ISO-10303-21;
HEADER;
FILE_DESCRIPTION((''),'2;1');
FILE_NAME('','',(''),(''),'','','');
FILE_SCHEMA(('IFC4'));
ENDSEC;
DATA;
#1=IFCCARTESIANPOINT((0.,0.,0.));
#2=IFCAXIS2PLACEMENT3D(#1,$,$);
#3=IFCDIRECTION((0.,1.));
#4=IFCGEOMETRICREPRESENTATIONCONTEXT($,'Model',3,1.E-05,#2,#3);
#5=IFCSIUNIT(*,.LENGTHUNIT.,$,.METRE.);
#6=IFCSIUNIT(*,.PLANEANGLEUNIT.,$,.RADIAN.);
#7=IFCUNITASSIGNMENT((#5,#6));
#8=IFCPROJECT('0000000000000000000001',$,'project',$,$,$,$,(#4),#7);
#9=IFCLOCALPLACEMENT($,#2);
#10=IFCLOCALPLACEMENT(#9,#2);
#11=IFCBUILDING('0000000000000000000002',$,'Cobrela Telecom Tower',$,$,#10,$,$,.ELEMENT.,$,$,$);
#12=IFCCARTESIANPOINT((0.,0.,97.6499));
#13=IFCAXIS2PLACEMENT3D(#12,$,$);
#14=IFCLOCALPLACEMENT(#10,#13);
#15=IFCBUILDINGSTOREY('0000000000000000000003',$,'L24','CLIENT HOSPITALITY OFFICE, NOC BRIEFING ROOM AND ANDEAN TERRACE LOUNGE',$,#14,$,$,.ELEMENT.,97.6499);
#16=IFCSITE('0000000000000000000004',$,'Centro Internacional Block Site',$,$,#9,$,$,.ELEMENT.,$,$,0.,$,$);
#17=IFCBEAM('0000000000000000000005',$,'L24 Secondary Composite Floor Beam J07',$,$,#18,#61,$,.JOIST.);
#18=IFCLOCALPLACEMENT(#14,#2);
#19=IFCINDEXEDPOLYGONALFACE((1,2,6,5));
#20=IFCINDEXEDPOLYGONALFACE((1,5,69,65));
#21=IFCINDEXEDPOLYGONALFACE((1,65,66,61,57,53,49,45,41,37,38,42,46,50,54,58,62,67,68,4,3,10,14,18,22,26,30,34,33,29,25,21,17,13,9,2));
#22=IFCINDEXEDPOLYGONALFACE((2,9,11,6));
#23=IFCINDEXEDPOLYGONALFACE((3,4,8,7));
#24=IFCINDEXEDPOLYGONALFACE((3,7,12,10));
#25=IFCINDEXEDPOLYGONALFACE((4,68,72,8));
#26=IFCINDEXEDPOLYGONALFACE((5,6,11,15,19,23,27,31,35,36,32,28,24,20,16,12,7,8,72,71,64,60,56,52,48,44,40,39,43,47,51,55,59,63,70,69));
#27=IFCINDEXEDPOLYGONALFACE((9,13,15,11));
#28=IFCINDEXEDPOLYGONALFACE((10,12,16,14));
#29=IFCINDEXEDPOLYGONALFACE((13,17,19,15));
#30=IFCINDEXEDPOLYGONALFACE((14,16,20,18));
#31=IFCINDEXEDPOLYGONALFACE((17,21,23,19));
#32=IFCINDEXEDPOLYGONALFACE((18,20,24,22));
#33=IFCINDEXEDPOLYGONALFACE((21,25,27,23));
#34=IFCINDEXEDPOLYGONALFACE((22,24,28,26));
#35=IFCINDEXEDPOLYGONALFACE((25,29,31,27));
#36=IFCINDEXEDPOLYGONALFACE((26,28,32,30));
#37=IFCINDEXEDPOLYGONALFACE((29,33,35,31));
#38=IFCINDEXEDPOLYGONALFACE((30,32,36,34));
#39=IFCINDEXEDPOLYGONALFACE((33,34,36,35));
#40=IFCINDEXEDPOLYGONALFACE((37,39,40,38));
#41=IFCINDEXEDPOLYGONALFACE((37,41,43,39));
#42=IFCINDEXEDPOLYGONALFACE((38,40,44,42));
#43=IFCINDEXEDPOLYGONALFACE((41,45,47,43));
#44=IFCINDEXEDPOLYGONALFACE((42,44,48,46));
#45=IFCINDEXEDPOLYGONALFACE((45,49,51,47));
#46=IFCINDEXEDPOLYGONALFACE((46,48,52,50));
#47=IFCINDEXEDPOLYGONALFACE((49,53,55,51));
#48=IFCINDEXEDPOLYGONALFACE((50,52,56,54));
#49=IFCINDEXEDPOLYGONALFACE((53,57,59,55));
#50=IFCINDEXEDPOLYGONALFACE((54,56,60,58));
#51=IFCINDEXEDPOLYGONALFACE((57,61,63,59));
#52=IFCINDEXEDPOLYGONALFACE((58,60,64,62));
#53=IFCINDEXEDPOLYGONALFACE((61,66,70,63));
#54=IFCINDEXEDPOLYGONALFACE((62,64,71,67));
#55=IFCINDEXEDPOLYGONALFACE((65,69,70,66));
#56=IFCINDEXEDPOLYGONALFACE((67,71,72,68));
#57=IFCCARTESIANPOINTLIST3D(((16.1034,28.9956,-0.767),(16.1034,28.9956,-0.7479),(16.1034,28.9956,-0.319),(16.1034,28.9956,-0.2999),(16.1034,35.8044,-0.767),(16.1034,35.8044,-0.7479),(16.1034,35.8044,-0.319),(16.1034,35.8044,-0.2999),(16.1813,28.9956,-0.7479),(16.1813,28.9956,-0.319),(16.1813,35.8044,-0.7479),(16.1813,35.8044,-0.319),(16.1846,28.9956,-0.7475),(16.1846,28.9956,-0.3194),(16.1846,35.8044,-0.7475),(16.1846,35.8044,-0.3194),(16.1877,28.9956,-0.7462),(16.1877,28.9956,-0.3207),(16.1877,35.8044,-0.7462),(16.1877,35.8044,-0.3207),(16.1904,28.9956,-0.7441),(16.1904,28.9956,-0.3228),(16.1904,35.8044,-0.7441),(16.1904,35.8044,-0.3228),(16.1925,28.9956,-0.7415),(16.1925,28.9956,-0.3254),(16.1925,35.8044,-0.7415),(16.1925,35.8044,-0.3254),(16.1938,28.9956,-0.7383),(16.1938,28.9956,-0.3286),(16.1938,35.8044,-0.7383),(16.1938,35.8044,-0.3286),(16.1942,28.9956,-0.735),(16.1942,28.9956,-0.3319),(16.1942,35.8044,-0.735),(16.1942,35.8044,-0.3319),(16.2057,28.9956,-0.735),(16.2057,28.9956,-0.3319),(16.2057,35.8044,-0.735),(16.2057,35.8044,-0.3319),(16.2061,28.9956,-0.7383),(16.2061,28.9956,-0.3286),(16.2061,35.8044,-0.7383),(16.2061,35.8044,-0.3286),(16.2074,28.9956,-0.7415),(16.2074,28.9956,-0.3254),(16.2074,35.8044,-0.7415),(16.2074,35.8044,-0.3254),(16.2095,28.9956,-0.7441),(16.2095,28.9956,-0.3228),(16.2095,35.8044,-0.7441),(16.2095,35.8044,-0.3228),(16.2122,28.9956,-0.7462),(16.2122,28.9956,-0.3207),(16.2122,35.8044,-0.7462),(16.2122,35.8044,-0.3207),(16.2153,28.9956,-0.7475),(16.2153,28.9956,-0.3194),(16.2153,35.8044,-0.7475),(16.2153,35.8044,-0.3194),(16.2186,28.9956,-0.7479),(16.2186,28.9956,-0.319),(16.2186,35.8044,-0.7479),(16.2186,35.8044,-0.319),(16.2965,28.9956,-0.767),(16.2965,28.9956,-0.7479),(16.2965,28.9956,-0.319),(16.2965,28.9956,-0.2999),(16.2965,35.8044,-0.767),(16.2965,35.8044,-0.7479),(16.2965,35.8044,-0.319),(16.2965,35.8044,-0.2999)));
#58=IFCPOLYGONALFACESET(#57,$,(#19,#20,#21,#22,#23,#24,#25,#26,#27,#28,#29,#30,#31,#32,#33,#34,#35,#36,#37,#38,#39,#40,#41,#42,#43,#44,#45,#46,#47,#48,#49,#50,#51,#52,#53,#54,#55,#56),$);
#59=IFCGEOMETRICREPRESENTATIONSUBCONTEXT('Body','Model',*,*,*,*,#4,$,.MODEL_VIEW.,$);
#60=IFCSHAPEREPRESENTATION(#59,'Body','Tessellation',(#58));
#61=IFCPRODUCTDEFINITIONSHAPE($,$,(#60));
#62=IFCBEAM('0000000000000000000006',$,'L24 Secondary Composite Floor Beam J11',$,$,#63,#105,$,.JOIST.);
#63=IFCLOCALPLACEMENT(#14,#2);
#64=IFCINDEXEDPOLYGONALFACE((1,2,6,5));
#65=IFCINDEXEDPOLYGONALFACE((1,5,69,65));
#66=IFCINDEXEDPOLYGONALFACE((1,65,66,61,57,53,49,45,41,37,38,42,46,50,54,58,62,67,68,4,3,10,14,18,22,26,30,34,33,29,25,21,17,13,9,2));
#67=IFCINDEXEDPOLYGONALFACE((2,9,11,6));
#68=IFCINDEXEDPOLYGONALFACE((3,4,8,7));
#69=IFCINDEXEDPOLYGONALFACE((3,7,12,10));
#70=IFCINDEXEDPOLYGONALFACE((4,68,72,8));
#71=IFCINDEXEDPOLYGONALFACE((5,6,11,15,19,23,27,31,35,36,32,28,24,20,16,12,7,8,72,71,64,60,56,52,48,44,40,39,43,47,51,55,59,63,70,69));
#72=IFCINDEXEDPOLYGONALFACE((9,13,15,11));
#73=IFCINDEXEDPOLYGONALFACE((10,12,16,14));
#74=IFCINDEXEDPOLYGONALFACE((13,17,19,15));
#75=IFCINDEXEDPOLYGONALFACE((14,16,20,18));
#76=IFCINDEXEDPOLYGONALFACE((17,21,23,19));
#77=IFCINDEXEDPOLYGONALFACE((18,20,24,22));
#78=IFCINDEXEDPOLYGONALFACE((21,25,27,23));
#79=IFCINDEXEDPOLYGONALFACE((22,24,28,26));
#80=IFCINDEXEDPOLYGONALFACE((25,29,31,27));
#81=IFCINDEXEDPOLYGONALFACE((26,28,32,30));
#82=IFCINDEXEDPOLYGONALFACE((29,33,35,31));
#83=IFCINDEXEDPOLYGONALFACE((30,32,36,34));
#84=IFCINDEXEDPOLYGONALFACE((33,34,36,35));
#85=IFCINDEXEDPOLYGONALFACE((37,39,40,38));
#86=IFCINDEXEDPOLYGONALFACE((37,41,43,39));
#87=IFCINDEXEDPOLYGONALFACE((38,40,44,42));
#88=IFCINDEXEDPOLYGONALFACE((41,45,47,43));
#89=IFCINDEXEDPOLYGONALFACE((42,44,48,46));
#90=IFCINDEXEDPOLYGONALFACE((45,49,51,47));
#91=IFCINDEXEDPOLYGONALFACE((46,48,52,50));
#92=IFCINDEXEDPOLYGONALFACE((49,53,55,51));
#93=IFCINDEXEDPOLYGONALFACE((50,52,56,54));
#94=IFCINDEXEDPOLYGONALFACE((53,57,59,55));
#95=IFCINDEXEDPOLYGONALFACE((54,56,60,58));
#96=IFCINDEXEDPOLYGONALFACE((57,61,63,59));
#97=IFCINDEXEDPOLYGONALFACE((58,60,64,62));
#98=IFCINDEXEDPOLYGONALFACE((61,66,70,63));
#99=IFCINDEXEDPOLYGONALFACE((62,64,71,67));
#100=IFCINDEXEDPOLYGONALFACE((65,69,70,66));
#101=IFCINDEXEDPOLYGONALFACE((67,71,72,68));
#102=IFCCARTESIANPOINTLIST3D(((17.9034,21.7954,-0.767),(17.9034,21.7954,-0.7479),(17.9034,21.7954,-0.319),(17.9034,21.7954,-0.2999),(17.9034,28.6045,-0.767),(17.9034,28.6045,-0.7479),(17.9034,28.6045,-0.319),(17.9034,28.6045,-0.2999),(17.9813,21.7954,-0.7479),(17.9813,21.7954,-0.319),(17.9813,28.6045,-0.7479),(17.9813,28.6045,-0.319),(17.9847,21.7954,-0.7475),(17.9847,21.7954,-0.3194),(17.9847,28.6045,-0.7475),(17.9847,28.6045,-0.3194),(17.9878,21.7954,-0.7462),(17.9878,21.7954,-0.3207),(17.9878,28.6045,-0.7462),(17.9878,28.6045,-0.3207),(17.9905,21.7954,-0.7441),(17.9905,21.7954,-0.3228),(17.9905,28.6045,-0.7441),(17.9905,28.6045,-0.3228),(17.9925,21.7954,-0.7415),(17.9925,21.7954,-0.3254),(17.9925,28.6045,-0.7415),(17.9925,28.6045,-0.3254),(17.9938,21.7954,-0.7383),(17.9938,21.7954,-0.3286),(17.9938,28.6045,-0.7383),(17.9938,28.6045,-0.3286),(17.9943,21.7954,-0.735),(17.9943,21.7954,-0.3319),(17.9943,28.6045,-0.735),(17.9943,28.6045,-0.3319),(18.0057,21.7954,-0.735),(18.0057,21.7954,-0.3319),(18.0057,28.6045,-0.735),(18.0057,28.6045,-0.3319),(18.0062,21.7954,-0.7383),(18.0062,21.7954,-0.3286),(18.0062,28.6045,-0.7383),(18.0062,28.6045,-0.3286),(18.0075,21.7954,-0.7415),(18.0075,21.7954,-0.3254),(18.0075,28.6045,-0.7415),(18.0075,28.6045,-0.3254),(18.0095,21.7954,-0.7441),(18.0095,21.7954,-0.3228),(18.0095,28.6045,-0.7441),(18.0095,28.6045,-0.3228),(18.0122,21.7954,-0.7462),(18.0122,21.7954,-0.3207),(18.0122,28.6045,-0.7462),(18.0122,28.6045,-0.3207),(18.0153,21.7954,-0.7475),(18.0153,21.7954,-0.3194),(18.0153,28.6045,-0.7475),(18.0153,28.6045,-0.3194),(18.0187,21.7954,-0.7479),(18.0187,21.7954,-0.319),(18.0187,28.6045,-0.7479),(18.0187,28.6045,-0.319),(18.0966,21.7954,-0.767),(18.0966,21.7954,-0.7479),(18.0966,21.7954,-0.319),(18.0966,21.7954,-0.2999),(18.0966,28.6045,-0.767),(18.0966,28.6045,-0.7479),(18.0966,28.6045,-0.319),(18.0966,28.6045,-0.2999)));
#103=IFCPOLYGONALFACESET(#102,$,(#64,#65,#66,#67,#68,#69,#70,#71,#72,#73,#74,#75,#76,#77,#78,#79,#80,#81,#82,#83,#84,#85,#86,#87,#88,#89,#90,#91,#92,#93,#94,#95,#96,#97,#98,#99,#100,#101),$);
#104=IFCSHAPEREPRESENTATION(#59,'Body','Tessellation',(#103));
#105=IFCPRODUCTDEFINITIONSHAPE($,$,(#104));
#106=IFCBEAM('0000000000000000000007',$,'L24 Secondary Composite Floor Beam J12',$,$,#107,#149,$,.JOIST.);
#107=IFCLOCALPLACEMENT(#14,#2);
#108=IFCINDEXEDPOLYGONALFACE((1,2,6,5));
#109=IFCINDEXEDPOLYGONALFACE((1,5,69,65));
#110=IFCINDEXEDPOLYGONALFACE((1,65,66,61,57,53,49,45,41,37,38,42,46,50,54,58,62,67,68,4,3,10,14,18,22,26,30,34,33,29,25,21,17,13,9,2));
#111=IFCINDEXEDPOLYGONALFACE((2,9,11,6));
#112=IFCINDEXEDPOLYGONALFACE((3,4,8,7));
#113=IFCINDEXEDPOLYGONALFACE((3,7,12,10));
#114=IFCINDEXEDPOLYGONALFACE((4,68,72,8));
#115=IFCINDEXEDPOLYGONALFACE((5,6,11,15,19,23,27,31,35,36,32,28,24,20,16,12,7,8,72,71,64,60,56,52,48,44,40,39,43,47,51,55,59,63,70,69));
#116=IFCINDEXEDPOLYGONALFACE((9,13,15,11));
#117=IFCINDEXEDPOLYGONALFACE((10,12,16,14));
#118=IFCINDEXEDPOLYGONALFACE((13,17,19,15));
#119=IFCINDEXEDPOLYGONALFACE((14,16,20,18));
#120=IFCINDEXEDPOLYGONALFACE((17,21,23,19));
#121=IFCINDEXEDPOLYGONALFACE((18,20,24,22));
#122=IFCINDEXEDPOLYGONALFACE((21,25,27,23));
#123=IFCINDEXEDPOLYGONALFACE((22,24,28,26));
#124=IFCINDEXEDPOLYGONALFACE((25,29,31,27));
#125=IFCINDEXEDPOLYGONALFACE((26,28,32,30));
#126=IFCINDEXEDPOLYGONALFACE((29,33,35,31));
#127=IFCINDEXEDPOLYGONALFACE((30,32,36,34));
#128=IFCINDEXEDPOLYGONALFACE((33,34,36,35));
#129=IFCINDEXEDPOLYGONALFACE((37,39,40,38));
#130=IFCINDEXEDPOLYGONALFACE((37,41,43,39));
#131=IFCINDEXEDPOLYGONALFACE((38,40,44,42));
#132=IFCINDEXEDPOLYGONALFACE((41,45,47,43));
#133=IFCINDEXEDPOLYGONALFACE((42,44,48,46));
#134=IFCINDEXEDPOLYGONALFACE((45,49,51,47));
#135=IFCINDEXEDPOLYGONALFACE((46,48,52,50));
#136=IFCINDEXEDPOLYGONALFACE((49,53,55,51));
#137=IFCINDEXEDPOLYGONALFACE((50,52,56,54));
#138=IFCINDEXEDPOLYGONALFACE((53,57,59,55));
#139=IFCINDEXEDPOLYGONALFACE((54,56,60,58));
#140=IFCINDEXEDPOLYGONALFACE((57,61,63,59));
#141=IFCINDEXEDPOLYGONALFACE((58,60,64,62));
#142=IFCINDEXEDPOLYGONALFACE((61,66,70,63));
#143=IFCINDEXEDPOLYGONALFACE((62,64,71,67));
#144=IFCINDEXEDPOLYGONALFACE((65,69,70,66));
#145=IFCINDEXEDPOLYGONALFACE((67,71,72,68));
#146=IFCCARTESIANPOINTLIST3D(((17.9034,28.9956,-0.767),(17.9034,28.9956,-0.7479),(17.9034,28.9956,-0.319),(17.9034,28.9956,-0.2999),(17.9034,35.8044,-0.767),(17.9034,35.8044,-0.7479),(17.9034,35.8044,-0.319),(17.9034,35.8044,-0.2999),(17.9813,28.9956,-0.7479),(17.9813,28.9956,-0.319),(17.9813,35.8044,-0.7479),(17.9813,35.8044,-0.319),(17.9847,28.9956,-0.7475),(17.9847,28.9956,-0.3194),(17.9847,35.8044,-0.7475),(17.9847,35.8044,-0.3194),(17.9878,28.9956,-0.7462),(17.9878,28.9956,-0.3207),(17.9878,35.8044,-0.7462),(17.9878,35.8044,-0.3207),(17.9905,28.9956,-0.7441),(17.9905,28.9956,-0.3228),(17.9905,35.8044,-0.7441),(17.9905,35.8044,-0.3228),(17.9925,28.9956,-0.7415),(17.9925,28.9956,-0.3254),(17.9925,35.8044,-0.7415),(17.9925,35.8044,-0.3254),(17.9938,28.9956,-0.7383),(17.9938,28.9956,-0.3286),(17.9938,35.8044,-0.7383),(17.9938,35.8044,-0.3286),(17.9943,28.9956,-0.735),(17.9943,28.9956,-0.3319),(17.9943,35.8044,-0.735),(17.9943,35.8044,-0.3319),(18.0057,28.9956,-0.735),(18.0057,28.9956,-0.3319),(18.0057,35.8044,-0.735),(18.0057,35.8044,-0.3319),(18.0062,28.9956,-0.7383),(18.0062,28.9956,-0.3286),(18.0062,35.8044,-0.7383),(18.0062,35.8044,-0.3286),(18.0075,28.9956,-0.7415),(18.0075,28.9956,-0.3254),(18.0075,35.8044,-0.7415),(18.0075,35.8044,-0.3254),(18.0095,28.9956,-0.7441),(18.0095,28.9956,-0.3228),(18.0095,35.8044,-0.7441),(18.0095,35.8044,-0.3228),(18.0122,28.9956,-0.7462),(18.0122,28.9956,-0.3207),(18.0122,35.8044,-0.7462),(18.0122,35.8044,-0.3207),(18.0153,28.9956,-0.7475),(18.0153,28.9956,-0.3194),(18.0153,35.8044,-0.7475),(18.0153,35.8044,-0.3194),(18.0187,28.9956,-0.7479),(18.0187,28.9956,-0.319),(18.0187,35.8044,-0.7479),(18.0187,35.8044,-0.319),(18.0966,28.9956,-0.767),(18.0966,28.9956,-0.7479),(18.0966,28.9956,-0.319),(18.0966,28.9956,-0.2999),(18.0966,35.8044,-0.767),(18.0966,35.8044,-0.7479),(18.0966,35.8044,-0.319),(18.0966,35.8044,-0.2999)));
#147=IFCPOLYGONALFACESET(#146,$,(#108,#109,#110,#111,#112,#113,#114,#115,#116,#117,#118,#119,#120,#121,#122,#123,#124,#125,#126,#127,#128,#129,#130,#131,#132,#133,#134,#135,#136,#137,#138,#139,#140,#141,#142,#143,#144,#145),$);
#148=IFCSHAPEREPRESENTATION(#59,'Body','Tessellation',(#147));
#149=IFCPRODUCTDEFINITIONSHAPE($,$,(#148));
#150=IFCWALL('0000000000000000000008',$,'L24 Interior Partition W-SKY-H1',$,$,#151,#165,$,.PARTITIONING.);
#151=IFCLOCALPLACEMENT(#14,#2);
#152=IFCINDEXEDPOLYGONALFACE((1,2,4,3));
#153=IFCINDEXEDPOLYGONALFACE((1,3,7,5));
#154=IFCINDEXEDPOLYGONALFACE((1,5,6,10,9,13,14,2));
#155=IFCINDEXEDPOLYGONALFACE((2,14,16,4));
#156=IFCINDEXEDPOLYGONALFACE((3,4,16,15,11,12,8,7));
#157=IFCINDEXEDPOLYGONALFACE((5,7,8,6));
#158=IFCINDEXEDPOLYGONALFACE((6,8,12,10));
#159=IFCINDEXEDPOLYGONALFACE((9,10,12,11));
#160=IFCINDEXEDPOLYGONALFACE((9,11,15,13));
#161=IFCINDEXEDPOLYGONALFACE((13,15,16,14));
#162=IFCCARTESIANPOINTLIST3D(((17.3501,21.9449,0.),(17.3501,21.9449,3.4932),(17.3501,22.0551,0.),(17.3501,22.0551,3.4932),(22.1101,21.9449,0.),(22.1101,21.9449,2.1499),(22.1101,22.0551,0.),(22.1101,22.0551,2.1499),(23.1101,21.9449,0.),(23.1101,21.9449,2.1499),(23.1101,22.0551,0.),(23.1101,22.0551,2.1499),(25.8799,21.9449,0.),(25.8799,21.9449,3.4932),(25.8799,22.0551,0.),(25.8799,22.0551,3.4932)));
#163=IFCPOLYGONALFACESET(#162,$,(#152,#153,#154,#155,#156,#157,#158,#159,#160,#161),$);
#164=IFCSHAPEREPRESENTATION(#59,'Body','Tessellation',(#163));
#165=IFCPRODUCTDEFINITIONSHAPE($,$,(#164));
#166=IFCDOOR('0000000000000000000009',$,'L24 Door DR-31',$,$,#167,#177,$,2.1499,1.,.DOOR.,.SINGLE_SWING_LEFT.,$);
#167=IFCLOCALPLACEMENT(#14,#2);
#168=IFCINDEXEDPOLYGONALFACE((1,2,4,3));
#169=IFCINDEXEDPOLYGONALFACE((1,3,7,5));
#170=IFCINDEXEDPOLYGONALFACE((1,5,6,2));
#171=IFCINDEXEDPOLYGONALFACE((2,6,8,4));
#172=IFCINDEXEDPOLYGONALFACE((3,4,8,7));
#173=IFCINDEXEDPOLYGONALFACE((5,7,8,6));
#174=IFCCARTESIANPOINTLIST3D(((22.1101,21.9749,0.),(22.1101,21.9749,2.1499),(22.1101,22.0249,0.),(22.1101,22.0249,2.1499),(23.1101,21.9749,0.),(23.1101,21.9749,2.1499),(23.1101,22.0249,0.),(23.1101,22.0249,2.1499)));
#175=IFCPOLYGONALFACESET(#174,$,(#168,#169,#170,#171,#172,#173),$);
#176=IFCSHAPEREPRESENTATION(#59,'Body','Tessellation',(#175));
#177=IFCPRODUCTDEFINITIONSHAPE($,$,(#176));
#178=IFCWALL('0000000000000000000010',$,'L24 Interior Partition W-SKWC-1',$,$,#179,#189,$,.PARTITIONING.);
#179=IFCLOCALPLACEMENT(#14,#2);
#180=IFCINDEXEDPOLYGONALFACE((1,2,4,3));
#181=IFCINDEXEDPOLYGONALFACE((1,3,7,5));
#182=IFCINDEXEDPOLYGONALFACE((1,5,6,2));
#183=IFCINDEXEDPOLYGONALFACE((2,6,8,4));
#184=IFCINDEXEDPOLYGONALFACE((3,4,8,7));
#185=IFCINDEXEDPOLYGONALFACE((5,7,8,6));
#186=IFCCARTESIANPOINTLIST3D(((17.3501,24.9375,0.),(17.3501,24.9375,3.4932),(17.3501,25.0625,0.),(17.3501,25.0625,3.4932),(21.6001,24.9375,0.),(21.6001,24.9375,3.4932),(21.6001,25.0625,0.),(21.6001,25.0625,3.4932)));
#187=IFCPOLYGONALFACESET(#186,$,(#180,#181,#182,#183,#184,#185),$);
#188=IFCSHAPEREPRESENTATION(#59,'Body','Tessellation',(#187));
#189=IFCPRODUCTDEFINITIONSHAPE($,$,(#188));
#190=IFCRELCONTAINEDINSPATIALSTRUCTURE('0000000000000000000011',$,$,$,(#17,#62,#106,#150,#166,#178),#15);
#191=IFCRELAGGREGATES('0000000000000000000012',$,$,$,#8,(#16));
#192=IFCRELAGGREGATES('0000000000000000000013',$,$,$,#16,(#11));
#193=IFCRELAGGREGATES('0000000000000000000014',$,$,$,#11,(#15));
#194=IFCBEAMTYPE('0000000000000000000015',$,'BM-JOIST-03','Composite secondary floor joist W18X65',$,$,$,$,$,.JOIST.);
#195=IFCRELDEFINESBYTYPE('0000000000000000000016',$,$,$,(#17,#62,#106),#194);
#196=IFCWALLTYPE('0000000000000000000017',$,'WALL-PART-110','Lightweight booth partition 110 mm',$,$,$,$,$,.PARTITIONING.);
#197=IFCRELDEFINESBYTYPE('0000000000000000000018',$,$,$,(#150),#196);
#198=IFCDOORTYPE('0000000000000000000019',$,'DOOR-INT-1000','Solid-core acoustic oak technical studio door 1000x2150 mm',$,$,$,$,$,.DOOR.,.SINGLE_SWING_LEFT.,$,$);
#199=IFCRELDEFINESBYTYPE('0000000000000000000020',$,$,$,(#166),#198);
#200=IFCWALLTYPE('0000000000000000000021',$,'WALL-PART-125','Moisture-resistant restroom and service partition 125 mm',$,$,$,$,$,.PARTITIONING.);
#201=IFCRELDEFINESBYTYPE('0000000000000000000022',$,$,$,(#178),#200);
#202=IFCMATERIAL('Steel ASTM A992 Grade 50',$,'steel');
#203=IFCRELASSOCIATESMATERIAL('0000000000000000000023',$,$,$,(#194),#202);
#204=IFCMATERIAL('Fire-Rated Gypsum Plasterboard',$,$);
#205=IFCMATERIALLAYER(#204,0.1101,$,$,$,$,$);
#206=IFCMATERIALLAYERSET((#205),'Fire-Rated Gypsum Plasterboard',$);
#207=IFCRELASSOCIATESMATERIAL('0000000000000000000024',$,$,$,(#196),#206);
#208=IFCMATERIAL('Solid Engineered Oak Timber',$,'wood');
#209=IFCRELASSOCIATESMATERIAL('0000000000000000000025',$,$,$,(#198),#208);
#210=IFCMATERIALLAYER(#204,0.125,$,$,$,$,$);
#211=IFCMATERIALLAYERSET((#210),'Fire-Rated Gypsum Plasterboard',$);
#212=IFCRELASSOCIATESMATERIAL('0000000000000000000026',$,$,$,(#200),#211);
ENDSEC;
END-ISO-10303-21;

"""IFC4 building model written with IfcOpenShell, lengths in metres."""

from ifc_helpers import new_model, si_unit, direction, frame, frame_2d, origin, origin_2d, place, context, subcontext, project, spatial, rectangle, i_section, extrude, material, layer, layer_set, material_profile, profile_set, type_object, element, fill, save


model = new_model("IFC4")

# Units and contexts
model_context = context("Model", 3, precision=1e-05, world=origin(), true_north=direction((0.0, 1.0)))
body_context = subcontext(model_context, "Body", "Model", "MODEL_VIEW")
ifc_project = project(units=[si_unit("LENGTHUNIT", "METRE"), si_unit("PLANEANGLEUNIT", "RADIAN")], contexts=[model_context])

# Site, building, storey
site_placement = place(None, origin())
site = spatial("IfcSite", under=ifc_project, at=site_placement, Name="Centro Internacional Block Site", CompositionType="ELEMENT", RefElevation=0.0)
building_placement = place(site_placement, origin())
building = spatial("IfcBuilding", under=site, at=building_placement, Name="Cobrela Telecom Tower", CompositionType="ELEMENT")
storey_placement = place(building_placement, frame((0.0, 0.0, 97.6499)))
storey = spatial("IfcBuildingStorey", under=building, at=storey_placement, Name="L24", Description="CLIENT HOSPITALITY OFFICE, NOC BRIEFING ROOM AND ANDEAN TERRACE LOUNGE", CompositionType="ELEMENT", Elevation=97.6499)

# Beams
ifc_material_1 = material(Name="Steel ASTM A992 Grade 50", Category="steel")
ifc_material_profile_1 = material_profile(ifc_material_1, i_section(OverallWidth=0.1931, OverallDepth=0.467, WebThickness=0.0115, FlangeThickness=0.019, FilletRadius=0.0129, at=origin_2d()), Name="W18X65")
ifc_profile_set_1 = profile_set([ifc_material_profile_1], Name="Steel ASTM A992 Grade 50")
beam_type_1 = type_object("IfcBeamType", Name="BM-JOIST-03", Description="Composite secondary floor joist W18X65", PredefinedType="JOIST", material=ifc_profile_set_1)
beam_1_placement = place(storey_placement, frame((16.2, 28.9956, -0.5334), z_axis=(0.0, 1.0, 0.0), x_axis=(-1.0, 0.0, 0.0)))
element("IfcBeam", 1, at=beam_1_placement, inside=storey, type_object=beam_type_1, Name="L24 Secondary Composite Floor Beam J07", PredefinedType="JOIST", context=body_context, shape_type="SweptSolid", body=[
    extrude(i_section(OverallWidth=0.1931, OverallDepth=0.467, WebThickness=0.0115, FlangeThickness=0.019, FilletRadius=0.0129, at=origin_2d()), origin(), (0.0, 0.0, 1.0), 6.8088),
])
beam_2_placement = place(storey_placement, frame((18.0, 21.7954, -0.5334), z_axis=(0.0, 1.0, 0.0), x_axis=(-1.0, 0.0, 0.0)))
element("IfcBeam", 2, at=beam_2_placement, inside=storey, type_object=beam_type_1, Name="L24 Secondary Composite Floor Beam J11", PredefinedType="JOIST", context=body_context, shape_type="SweptSolid", body=[
    extrude(i_section(OverallWidth=0.1931, OverallDepth=0.467, WebThickness=0.0115, FlangeThickness=0.019, FilletRadius=0.0129, at=origin_2d()), origin(), (0.0, 0.0, 1.0), 6.8091),
])
beam_3_placement = place(storey_placement, frame((18.0, 28.9956, -0.5334), z_axis=(0.0, 1.0, 0.0), x_axis=(-1.0, 0.0, 0.0)))
element("IfcBeam", 3, at=beam_3_placement, inside=storey, type_object=beam_type_1, Name="L24 Secondary Composite Floor Beam J12", PredefinedType="JOIST", context=body_context, shape_type="SweptSolid", body=[
    extrude(i_section(OverallWidth=0.1931, OverallDepth=0.467, WebThickness=0.0115, FlangeThickness=0.019, FilletRadius=0.0129, at=origin_2d()), origin(), (0.0, 0.0, 1.0), 6.8088),
])

# Wall, opening, door
ifc_material_2 = material(Name="Fire-Rated Gypsum Plasterboard")
ifc_layer_1 = layer(ifc_material_2, 0.1101)
ifc_layer_set_1 = layer_set([ifc_layer_1], Name="Fire-Rated Gypsum Plasterboard")
wall_type_1 = type_object("IfcWallType", Name="WALL-PART-110", Description="Lightweight booth partition 110 mm", PredefinedType="PARTITIONING", material=ifc_layer_set_1)
wall_1_placement = place(storey_placement, frame((17.3501, 22.0, 0.0), z_axis=(0.0, 0.0, 1.0), x_axis=(1.0, 0.0, 0.0)))
wall_1 = element("IfcWall", 4, at=wall_1_placement, inside=storey, type_object=wall_type_1, Name="L24 Interior Partition W-SKY-H1", PredefinedType="PARTITIONING", context=body_context, shape_type="SweptSolid", body=[
    extrude(rectangle(XDim=8.5298, YDim=0.1101, at=frame_2d((4.2649, 0.0))), origin(), (0.0, 0.0, 1.0), 3.4932),
])
opening_1_placement = place(wall_1_placement, frame((4.76, 0.0, 0.0)))
opening_1 = element("IfcOpeningElement", 5, at=opening_1_placement, cuts=wall_1, PredefinedType="OPENING", context=body_context, shape_type="SweptSolid", body=[
    extrude(rectangle(XDim=1.0, YDim=2.1499, at=frame_2d((0.5, 1.075))), frame((0.0, 0.0669, 0.0), z_axis=(0.0, -1.0, 0.0), x_axis=(1.0, 0.0, 0.0)), (0.0, 0.0, 1.0), 0.134),
])
ifc_material_3 = material(Name="Solid Engineered Oak Timber", Category="wood")
door_type_1 = type_object("IfcDoorType", Name="DOOR-INT-1000", Description="Solid-core acoustic oak technical studio door 1000x2150 mm", OperationType="SINGLE_SWING_LEFT", PredefinedType="DOOR", material=ifc_material_3)
door_1_placement = place(opening_1_placement, origin())
door_1 = element("IfcDoor", 6, at=door_1_placement, inside=storey, type_object=door_type_1, Name="L24 Door DR-31", OperationType="SINGLE_SWING_LEFT", OverallHeight=2.1499, OverallWidth=1.0, PredefinedType="DOOR", context=body_context, shape_type="SweptSolid", body=[
    extrude(rectangle(XDim=1.0, YDim=2.1499, at=frame_2d((0.5, 1.075))), frame((0.0, 0.0249, 0.0), z_axis=(0.0, -1.0, 0.0), x_axis=(1.0, 0.0, 0.0)), (0.0, 0.0, 1.0), 0.05),
])
fill(opening_1, door_1)

# Wall
ifc_layer_2 = layer(ifc_material_2, 0.125)
ifc_layer_set_2 = layer_set([ifc_layer_2], Name="Fire-Rated Gypsum Plasterboard")
wall_type_2 = type_object("IfcWallType", Name="WALL-PART-125", Description="Moisture-resistant restroom and service partition 125 mm", PredefinedType="PARTITIONING", material=ifc_layer_set_2)
for number, where, z_axis, x_axis, name in (
    (7, (17.3501, 25.0, 0.0), (0.0, 0.0, 1.0), (1.0, 0.0, 0.0), "L24 Interior Partition W-SKWC-1"),
):
    element("IfcWall", number, at=place(storey_placement, frame(where, z_axis=z_axis, x_axis=x_axis)), inside=storey, type_object=wall_type_2, Name=name, PredefinedType="PARTITIONING", context=body_context, shape_type="SweptSolid", body=[
        extrude(rectangle(XDim=4.25, YDim=0.125, at=frame_2d((2.125, 0.0))), origin(), (0.0, 0.0, 1.0), 3.4932),
    ])

save(model, "model.ifc")
